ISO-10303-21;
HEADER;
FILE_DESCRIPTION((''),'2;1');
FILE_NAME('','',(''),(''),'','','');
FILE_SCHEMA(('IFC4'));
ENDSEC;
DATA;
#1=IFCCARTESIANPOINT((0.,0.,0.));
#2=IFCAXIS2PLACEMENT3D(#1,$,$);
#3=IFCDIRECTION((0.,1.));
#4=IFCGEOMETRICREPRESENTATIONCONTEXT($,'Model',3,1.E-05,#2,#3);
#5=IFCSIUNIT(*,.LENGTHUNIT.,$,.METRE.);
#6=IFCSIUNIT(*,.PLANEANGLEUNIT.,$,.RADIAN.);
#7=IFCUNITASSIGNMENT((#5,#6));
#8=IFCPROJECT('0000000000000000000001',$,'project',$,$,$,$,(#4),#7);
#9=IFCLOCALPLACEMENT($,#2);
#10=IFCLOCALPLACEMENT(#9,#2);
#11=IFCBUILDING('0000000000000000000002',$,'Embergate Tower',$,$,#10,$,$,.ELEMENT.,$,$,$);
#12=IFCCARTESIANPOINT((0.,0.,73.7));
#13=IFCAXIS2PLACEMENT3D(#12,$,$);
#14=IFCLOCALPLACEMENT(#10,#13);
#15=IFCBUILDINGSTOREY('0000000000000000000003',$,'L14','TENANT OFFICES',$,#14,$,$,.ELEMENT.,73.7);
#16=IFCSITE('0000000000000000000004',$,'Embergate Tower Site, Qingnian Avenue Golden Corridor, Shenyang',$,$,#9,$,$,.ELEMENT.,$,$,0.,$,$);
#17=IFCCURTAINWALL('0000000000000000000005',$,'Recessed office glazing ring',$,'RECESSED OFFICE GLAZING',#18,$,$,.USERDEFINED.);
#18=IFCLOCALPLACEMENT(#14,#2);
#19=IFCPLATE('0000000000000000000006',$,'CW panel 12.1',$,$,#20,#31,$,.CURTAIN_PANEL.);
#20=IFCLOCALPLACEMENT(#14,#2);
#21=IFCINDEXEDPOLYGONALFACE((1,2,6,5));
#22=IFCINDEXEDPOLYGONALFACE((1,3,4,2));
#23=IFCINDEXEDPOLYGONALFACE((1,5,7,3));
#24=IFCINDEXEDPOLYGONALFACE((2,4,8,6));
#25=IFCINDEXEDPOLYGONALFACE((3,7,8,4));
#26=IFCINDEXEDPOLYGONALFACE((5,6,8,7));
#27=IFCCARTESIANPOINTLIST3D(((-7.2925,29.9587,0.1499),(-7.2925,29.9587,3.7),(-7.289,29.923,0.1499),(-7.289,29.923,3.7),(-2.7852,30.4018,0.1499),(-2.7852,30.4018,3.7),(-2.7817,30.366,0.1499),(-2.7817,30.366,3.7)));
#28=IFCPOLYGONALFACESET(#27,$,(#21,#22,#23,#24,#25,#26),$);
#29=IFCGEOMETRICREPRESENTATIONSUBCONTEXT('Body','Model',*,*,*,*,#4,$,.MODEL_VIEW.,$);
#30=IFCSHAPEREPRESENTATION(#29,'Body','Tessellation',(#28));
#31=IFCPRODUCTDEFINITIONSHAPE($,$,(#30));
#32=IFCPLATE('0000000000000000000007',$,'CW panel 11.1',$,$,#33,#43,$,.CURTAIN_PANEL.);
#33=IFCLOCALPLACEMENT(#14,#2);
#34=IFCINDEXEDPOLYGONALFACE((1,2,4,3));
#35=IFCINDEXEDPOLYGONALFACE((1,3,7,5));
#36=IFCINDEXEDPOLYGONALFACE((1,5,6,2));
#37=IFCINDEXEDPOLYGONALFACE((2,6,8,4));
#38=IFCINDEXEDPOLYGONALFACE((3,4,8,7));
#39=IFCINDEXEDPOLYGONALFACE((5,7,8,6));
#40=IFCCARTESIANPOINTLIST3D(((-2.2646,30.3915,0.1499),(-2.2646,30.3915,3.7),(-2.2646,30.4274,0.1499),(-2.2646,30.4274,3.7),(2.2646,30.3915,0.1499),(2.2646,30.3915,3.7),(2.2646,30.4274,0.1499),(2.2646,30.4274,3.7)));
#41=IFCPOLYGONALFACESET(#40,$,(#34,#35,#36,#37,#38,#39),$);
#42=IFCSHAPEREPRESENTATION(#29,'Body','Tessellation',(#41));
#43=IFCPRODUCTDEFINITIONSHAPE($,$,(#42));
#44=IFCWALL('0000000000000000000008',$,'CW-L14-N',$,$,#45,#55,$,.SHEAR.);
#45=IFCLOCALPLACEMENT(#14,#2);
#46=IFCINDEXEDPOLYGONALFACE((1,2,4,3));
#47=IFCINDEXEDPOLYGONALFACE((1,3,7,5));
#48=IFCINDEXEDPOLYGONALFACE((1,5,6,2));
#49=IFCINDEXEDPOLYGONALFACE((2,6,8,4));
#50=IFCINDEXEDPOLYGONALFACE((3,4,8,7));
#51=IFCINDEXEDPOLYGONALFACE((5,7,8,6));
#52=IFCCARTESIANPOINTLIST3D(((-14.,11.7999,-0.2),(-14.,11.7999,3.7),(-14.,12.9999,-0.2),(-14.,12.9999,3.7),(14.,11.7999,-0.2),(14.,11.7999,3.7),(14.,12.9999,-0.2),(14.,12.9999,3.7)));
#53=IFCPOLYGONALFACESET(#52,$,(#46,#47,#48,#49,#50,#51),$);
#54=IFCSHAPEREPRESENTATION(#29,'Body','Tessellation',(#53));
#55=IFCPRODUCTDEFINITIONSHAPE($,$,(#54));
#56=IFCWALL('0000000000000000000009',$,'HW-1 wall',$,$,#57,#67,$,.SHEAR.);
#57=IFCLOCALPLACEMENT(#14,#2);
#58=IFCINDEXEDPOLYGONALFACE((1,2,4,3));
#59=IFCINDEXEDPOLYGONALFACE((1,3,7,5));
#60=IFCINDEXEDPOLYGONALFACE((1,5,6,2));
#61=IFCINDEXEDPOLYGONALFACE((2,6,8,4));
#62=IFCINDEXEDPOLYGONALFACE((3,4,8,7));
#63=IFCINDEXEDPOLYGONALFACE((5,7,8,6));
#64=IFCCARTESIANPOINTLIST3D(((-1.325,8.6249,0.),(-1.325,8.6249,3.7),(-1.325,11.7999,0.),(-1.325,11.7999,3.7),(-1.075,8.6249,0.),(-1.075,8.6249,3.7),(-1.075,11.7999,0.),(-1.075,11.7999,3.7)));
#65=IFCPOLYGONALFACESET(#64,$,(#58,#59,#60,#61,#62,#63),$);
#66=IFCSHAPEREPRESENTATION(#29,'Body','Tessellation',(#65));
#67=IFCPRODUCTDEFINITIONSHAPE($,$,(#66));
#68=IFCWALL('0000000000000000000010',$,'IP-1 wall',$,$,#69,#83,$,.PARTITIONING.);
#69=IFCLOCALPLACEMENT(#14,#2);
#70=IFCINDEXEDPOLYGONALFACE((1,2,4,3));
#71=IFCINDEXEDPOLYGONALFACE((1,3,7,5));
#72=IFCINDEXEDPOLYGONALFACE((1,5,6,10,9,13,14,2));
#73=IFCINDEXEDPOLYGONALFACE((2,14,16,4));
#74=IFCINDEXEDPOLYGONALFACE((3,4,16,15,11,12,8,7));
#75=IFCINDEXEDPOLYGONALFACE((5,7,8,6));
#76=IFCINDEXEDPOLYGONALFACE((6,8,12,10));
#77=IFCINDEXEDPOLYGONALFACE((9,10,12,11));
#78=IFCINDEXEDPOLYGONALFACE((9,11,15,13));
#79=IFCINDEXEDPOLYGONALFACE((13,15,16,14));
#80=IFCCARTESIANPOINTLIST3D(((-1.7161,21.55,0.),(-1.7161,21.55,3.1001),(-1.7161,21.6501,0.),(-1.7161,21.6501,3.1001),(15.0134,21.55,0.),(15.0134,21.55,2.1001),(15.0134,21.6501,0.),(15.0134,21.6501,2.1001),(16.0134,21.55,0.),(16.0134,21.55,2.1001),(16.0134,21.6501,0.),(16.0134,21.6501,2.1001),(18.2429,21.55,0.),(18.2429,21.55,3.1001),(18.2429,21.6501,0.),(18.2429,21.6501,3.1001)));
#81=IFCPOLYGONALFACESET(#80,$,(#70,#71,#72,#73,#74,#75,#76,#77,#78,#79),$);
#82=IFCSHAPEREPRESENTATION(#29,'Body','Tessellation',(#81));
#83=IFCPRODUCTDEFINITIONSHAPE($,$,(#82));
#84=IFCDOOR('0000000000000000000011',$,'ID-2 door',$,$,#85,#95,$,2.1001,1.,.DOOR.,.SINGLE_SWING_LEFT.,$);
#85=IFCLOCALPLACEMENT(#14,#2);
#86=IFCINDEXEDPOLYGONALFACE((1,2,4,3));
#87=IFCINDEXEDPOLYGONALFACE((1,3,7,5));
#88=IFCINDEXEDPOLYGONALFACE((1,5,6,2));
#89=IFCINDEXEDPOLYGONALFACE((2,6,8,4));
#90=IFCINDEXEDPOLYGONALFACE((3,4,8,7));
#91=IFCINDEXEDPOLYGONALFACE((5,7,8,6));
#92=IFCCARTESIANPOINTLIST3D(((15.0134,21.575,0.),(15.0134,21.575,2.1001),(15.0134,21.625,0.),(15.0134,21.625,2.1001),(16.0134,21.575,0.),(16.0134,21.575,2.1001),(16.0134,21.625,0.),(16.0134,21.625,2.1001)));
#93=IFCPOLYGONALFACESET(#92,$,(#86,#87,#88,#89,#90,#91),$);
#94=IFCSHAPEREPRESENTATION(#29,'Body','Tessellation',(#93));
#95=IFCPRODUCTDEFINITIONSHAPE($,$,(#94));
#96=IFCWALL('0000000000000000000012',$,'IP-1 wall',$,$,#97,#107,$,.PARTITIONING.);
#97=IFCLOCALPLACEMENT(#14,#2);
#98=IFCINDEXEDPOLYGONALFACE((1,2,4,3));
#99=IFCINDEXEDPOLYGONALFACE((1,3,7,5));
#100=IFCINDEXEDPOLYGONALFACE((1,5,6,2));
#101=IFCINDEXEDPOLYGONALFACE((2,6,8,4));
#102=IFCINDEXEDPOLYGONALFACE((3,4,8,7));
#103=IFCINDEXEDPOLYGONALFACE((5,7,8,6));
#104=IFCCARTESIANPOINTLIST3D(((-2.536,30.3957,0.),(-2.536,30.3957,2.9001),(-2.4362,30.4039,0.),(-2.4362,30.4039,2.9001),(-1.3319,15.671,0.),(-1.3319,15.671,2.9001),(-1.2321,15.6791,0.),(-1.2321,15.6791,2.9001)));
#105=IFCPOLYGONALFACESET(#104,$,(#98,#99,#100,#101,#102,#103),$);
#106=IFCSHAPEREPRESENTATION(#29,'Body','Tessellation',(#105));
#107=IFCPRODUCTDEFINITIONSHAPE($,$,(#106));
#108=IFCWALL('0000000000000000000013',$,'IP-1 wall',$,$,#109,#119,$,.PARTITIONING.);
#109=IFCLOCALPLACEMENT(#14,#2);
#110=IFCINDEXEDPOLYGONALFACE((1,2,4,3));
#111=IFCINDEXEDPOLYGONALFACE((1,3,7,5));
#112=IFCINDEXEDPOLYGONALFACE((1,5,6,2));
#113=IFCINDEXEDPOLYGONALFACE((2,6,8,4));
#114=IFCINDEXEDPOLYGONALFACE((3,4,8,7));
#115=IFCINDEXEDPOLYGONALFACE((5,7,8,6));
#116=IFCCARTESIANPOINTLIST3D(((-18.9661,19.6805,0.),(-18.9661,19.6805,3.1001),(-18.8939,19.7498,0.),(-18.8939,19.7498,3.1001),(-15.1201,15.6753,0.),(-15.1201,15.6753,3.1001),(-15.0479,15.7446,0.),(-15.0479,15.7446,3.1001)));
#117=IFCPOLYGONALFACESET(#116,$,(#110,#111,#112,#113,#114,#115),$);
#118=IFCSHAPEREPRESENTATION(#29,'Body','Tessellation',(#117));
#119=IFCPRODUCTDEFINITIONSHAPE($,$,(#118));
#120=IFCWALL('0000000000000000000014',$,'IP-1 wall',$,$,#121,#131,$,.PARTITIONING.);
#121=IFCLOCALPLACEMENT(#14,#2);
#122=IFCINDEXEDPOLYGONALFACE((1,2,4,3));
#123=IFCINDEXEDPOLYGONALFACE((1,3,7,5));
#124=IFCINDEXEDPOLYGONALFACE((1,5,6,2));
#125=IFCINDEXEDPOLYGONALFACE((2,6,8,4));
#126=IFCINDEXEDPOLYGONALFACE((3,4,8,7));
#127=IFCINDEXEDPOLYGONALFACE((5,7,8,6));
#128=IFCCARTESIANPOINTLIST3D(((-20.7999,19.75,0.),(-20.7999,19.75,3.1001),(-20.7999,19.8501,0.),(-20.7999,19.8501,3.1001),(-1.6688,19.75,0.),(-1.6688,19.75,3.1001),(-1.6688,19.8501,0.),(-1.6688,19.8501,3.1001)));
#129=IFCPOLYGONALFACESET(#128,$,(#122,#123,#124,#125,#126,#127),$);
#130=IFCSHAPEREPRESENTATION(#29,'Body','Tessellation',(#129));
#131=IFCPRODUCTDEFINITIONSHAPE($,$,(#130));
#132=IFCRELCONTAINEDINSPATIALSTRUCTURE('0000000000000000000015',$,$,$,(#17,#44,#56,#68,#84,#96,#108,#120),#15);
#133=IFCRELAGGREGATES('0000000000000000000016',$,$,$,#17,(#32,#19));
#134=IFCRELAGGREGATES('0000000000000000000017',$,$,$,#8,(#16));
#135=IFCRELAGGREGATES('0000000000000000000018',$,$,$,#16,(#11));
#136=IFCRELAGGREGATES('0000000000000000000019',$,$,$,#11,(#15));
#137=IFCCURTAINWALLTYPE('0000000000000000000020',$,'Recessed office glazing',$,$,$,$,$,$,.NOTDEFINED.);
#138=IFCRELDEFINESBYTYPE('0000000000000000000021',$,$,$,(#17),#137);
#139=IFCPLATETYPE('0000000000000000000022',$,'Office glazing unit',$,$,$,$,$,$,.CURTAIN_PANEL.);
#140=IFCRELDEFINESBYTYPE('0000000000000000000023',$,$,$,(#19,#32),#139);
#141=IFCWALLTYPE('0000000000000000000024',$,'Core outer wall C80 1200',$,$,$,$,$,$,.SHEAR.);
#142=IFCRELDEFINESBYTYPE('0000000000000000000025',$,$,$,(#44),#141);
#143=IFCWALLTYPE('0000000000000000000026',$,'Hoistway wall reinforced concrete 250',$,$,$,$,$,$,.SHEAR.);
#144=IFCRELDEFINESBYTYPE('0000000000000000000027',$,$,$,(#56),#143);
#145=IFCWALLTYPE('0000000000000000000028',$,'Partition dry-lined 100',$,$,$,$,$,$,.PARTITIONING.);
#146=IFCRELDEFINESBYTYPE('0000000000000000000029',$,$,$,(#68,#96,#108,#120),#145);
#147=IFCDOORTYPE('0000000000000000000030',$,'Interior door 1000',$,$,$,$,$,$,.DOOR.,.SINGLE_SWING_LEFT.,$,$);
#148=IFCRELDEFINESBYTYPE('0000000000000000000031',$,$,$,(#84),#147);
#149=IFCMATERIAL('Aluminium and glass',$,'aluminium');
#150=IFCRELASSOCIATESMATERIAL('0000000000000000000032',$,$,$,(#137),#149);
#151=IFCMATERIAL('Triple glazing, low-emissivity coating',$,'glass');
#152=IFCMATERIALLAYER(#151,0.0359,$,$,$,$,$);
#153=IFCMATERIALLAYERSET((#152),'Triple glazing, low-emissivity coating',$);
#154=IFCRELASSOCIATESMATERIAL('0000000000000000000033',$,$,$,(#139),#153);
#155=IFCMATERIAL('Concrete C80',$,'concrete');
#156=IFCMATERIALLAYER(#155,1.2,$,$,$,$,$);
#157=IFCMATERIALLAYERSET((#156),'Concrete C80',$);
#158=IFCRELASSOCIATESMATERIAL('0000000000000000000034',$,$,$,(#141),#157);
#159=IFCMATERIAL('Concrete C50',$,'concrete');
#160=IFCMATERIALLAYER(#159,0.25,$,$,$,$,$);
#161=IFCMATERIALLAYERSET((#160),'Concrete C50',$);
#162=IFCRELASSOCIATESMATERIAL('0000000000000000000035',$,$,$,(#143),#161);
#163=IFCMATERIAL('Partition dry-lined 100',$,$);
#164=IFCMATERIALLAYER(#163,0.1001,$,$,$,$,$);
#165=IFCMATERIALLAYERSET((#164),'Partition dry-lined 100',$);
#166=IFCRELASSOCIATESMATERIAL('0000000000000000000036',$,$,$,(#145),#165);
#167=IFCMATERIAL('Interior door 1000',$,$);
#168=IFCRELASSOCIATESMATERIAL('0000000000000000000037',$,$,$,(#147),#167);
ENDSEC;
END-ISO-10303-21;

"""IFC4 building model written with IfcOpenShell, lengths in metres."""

from ifc_helpers import new_model, si_unit, direction, frame, frame_2d, origin, origin_2d, place, context, subcontext, project, spatial, rectangle, extrude, source, transform, mapped, material, layer, layer_set, type_object, element, fill, aggregate, save


model = new_model("IFC4")

# Units and contexts
model_context = context("Model", 3, precision=1e-05, world=origin(), true_north=direction((0.0, 1.0)))
body_context = subcontext(model_context, "Body", "Model", "MODEL_VIEW")
ifc_project = project(units=[si_unit("LENGTHUNIT", "METRE"), si_unit("PLANEANGLEUNIT", "RADIAN")], contexts=[model_context])

# Site, building, storey
site_placement = place(None, origin())
site = spatial("IfcSite", under=ifc_project, at=site_placement, Name="Embergate Tower Site, Qingnian Avenue Golden Corridor, Shenyang", CompositionType="ELEMENT", RefElevation=0.0)
building_placement = place(site_placement, origin())
building = spatial("IfcBuilding", under=site, at=building_placement, Name="Embergate Tower", CompositionType="ELEMENT")
storey_placement = place(building_placement, frame((0.0, 0.0, 73.7)))
storey = spatial("IfcBuildingStorey", under=building, at=storey_placement, Name="L14", Description="TENANT OFFICES", CompositionType="ELEMENT", Elevation=73.7)

# Curtain wall, plates
ifc_material_1 = material(Name="Aluminium and glass", Category="aluminium")
curtain_wall_type = type_object("IfcCurtainWallType", Name="Recessed office glazing", PredefinedType="NOTDEFINED", material=ifc_material_1)
curtain_wall_placement = place(storey_placement, origin())
curtain_wall = element("IfcCurtainWall", 1, at=curtain_wall_placement, inside=storey, type_object=curtain_wall_type, Name="Recessed office glazing ring", ObjectType="RECESSED OFFICE GLAZING", PredefinedType="USERDEFINED")
ifc_material_2 = material(Name="Triple glazing, low-emissivity coating", Category="glass")
ifc_layer_1 = layer(ifc_material_2, 0.0359)
ifc_layer_set_1 = layer_set([ifc_layer_1], Name="Triple glazing, low-emissivity coating")
plate_type = type_object("IfcPlateType", Name="Office glazing unit", PredefinedType="CURTAIN_PANEL", material=ifc_layer_set_1)
shared_shape_1 = source(origin(), body_context, "Body", "SweptSolid", [
    extrude(rectangle(XDim=4.5291, YDim=0.0359, at=origin_2d()), origin(), (0.0, 0.0, 1.0), 3.55),
])
plate_1_placement = place(storey_placement, frame((-5.0371, 30.1624, 0.1499), z_axis=(0.0, 0.0, 1.0), x_axis=(-0.995203, -0.097831, 0.0)))
plate_1 = element("IfcPlate", 2, at=plate_1_placement, type_object=plate_type, Name="CW panel 12.1", PredefinedType="CURTAIN_PANEL", context=body_context, shape_type="MappedRepresentation", body=[
    mapped(shared_shape_1, transform((0.0, 0.0, 0.0))),
])
shared_shape_2 = source(origin(), body_context, "Body", "SweptSolid", [
    extrude(rectangle(XDim=4.5293, YDim=0.0359, at=origin_2d()), origin(), (0.0, 0.0, 1.0), 3.55),
])
plate_2_placement = place(storey_placement, frame((0.0, 30.4094, 0.1499), z_axis=(0.0, 0.0, 1.0), x_axis=(-1.0, 0.0, 0.0)))
plate_2 = element("IfcPlate", 3, at=plate_2_placement, type_object=plate_type, Name="CW panel 11.1", PredefinedType="CURTAIN_PANEL", context=body_context, shape_type="MappedRepresentation", body=[
    mapped(shared_shape_2, transform((0.0, 0.0, 0.0))),
])
aggregate(curtain_wall, [plate_2, plate_1])

# Walls
ifc_material_3 = material(Name="Concrete C80", Category="concrete")
ifc_layer_2 = layer(ifc_material_3, 1.2)
ifc_layer_set_2 = layer_set([ifc_layer_2], Name="Concrete C80")
wall_type_1 = type_object("IfcWallType", Name="Core outer wall C80 1200", PredefinedType="SHEAR", material=ifc_layer_set_2)
shared_shape_3 = source(origin(), body_context, "Body", "SweptSolid", [
    extrude(rectangle(XDim=28.0, YDim=1.2, at=frame_2d((14.0, 0.0))), origin(), (0.0, 0.0, 1.0), 3.8999),
])
wall_1_placement = place(storey_placement, frame((-14.0, 12.3999, -0.2), z_axis=(0.0, 0.0, 1.0), x_axis=(1.0, 0.0, 0.0)))
element("IfcWall", 4, at=wall_1_placement, inside=storey, type_object=wall_type_1, Name="CW-L14-N", PredefinedType="SHEAR", context=body_context, shape_type="MappedRepresentation", body=[
    mapped(shared_shape_3, transform((0.0, 0.0, 0.0))),
])
ifc_material_4 = material(Name="Concrete C50", Category="concrete")
ifc_layer_3 = layer(ifc_material_4, 0.25)
ifc_layer_set_3 = layer_set([ifc_layer_3], Name="Concrete C50")
wall_type_2 = type_object("IfcWallType", Name="Hoistway wall reinforced concrete 250", PredefinedType="SHEAR", material=ifc_layer_set_3)
shared_shape_4 = source(origin(), body_context, "Body", "SweptSolid", [
    extrude(rectangle(XDim=3.175, YDim=0.25, at=frame_2d((1.5874, 0.0))), origin(), (0.0, 0.0, 1.0), 3.7),
])
wall_2_placement = place(storey_placement, frame((-1.2, 8.625, 0.0), z_axis=(0.0, 0.0, 1.0), x_axis=(0.0, 1.0, 0.0)))
element("IfcWall", 5, at=wall_2_placement, inside=storey, type_object=wall_type_2, Name="HW-1 wall", PredefinedType="SHEAR", context=body_context, shape_type="MappedRepresentation", body=[
    mapped(shared_shape_4, transform((0.0, 0.0, 0.0))),
])

# Wall, opening, door
ifc_material_5 = material(Name="Partition dry-lined 100")
ifc_layer_4 = layer(ifc_material_5, 0.1001)
ifc_layer_set_4 = layer_set([ifc_layer_4], Name="Partition dry-lined 100")
wall_type_3 = type_object("IfcWallType", Name="Partition dry-lined 100", PredefinedType="PARTITIONING", material=ifc_layer_set_4)
shared_shape_5 = source(origin(), body_context, "Body", "SweptSolid", [
    extrude(rectangle(XDim=19.959, YDim=0.1001, at=frame_2d((9.9795, 0.0))), origin(), (0.0, 0.0, 1.0), 3.1001),
])
wall_3_placement = place(storey_placement, frame((-1.7161, 21.6001, 0.0), z_axis=(0.0, 0.0, 1.0), x_axis=(1.0, 0.0, 0.0)))
wall_3 = element("IfcWall", 6, at=wall_3_placement, inside=storey, type_object=wall_type_3, Name="IP-1 wall", PredefinedType="PARTITIONING", context=body_context, shape_type="MappedRepresentation", body=[
    mapped(shared_shape_5, transform((0.0, 0.0, 0.0))),
])
shared_shape_6 = source(origin(), body_context, "Body", "SweptSolid", [
    extrude(rectangle(XDim=1.0, YDim=2.1001, at=frame_2d((0.5, 1.05))), frame((0.0, 0.0601, 0.0), z_axis=(0.0, -1.0, 0.0), x_axis=(1.0, 0.0, 0.0)), (0.0, 0.0, 1.0), 0.1201),
])
opening_placement = place(wall_3_placement, frame((16.7295, 0.0, 0.0)))
opening = element("IfcOpeningElement", 7, at=opening_placement, cuts=wall_3, PredefinedType="OPENING", context=body_context, shape_type="MappedRepresentation", body=[
    mapped(shared_shape_6, transform((0.0, 0.0, 0.0))),
])
ifc_material_6 = material(Name="Interior door 1000")
door_type = type_object("IfcDoorType", Name="Interior door 1000", OperationType="SINGLE_SWING_LEFT", PredefinedType="DOOR", material=ifc_material_6)
shared_shape_7 = source(origin(), body_context, "Body", "SweptSolid", [
    extrude(rectangle(XDim=1.0, YDim=2.1001, at=frame_2d((0.5, 1.05))), frame((0.0, 0.0249, 0.0), z_axis=(0.0, -1.0, 0.0), x_axis=(1.0, 0.0, 0.0)), (0.0, 0.0, 1.0), 0.05),
])
door_placement = place(opening_placement, origin())
door = element("IfcDoor", 8, at=door_placement, inside=storey, type_object=door_type, Name="ID-2 door", OperationType="SINGLE_SWING_LEFT", OverallHeight=2.1001, OverallWidth=1.0, PredefinedType="DOOR", context=body_context, shape_type="MappedRepresentation", body=[
    mapped(shared_shape_7, transform((0.0, 0.0, 0.0))),
])
fill(opening, door)

# Walls
shared_shape_8 = source(origin(), body_context, "Body", "SweptSolid", [
    extrude(rectangle(XDim=14.7739, YDim=0.1001, at=frame_2d((7.387, 0.0))), origin(), (0.0, 0.0, 1.0), 2.9001),
])
wall_4_placement = place(storey_placement, frame((-1.282, 15.675, 0.0), z_axis=(0.0, 0.0, 1.0), x_axis=(-0.081501, 0.996673, 0.0)))
element("IfcWall", 9, at=wall_4_placement, inside=storey, type_object=wall_type_3, Name="IP-1 wall", PredefinedType="PARTITIONING", context=body_context, shape_type="MappedRepresentation", body=[
    mapped(shared_shape_8, transform((0.0, 0.0, 0.0))),
])
shared_shape_9 = source(origin(), body_context, "Body", "SweptSolid", [
    extrude(rectangle(XDim=5.5527, YDim=0.1001, at=frame_2d((2.7764, 0.0))), origin(), (0.0, 0.0, 1.0), 3.1001),
])
wall_5_placement = place(storey_placement, frame((-15.084, 15.71, 0.0), z_axis=(0.0, 0.0, 1.0), x_axis=(-0.692628, 0.721295, 0.0)))
element("IfcWall", 10, at=wall_5_placement, inside=storey, type_object=wall_type_3, Name="IP-1 wall", PredefinedType="PARTITIONING", context=body_context, shape_type="MappedRepresentation", body=[
    mapped(shared_shape_9, transform((0.0, 0.0, 0.0))),
])
shared_shape_10 = source(origin(), body_context, "Body", "SweptSolid", [
    extrude(rectangle(XDim=19.1311, YDim=0.1001, at=frame_2d((9.5654, 0.0))), origin(), (0.0, 0.0, 1.0), 3.1001),
])
wall_6_placement = place(storey_placement, frame((-1.6689, 19.8, 0.0), z_axis=(0.0, 0.0, 1.0), x_axis=(-1.0, 0.0, 0.0)))
element("IfcWall", 11, at=wall_6_placement, inside=storey, type_object=wall_type_3, Name="IP-1 wall", PredefinedType="PARTITIONING", context=body_context, shape_type="MappedRepresentation", body=[
    mapped(shared_shape_10, transform((0.0, 0.0, 0.0))),
])

save(model, "model.ifc")
